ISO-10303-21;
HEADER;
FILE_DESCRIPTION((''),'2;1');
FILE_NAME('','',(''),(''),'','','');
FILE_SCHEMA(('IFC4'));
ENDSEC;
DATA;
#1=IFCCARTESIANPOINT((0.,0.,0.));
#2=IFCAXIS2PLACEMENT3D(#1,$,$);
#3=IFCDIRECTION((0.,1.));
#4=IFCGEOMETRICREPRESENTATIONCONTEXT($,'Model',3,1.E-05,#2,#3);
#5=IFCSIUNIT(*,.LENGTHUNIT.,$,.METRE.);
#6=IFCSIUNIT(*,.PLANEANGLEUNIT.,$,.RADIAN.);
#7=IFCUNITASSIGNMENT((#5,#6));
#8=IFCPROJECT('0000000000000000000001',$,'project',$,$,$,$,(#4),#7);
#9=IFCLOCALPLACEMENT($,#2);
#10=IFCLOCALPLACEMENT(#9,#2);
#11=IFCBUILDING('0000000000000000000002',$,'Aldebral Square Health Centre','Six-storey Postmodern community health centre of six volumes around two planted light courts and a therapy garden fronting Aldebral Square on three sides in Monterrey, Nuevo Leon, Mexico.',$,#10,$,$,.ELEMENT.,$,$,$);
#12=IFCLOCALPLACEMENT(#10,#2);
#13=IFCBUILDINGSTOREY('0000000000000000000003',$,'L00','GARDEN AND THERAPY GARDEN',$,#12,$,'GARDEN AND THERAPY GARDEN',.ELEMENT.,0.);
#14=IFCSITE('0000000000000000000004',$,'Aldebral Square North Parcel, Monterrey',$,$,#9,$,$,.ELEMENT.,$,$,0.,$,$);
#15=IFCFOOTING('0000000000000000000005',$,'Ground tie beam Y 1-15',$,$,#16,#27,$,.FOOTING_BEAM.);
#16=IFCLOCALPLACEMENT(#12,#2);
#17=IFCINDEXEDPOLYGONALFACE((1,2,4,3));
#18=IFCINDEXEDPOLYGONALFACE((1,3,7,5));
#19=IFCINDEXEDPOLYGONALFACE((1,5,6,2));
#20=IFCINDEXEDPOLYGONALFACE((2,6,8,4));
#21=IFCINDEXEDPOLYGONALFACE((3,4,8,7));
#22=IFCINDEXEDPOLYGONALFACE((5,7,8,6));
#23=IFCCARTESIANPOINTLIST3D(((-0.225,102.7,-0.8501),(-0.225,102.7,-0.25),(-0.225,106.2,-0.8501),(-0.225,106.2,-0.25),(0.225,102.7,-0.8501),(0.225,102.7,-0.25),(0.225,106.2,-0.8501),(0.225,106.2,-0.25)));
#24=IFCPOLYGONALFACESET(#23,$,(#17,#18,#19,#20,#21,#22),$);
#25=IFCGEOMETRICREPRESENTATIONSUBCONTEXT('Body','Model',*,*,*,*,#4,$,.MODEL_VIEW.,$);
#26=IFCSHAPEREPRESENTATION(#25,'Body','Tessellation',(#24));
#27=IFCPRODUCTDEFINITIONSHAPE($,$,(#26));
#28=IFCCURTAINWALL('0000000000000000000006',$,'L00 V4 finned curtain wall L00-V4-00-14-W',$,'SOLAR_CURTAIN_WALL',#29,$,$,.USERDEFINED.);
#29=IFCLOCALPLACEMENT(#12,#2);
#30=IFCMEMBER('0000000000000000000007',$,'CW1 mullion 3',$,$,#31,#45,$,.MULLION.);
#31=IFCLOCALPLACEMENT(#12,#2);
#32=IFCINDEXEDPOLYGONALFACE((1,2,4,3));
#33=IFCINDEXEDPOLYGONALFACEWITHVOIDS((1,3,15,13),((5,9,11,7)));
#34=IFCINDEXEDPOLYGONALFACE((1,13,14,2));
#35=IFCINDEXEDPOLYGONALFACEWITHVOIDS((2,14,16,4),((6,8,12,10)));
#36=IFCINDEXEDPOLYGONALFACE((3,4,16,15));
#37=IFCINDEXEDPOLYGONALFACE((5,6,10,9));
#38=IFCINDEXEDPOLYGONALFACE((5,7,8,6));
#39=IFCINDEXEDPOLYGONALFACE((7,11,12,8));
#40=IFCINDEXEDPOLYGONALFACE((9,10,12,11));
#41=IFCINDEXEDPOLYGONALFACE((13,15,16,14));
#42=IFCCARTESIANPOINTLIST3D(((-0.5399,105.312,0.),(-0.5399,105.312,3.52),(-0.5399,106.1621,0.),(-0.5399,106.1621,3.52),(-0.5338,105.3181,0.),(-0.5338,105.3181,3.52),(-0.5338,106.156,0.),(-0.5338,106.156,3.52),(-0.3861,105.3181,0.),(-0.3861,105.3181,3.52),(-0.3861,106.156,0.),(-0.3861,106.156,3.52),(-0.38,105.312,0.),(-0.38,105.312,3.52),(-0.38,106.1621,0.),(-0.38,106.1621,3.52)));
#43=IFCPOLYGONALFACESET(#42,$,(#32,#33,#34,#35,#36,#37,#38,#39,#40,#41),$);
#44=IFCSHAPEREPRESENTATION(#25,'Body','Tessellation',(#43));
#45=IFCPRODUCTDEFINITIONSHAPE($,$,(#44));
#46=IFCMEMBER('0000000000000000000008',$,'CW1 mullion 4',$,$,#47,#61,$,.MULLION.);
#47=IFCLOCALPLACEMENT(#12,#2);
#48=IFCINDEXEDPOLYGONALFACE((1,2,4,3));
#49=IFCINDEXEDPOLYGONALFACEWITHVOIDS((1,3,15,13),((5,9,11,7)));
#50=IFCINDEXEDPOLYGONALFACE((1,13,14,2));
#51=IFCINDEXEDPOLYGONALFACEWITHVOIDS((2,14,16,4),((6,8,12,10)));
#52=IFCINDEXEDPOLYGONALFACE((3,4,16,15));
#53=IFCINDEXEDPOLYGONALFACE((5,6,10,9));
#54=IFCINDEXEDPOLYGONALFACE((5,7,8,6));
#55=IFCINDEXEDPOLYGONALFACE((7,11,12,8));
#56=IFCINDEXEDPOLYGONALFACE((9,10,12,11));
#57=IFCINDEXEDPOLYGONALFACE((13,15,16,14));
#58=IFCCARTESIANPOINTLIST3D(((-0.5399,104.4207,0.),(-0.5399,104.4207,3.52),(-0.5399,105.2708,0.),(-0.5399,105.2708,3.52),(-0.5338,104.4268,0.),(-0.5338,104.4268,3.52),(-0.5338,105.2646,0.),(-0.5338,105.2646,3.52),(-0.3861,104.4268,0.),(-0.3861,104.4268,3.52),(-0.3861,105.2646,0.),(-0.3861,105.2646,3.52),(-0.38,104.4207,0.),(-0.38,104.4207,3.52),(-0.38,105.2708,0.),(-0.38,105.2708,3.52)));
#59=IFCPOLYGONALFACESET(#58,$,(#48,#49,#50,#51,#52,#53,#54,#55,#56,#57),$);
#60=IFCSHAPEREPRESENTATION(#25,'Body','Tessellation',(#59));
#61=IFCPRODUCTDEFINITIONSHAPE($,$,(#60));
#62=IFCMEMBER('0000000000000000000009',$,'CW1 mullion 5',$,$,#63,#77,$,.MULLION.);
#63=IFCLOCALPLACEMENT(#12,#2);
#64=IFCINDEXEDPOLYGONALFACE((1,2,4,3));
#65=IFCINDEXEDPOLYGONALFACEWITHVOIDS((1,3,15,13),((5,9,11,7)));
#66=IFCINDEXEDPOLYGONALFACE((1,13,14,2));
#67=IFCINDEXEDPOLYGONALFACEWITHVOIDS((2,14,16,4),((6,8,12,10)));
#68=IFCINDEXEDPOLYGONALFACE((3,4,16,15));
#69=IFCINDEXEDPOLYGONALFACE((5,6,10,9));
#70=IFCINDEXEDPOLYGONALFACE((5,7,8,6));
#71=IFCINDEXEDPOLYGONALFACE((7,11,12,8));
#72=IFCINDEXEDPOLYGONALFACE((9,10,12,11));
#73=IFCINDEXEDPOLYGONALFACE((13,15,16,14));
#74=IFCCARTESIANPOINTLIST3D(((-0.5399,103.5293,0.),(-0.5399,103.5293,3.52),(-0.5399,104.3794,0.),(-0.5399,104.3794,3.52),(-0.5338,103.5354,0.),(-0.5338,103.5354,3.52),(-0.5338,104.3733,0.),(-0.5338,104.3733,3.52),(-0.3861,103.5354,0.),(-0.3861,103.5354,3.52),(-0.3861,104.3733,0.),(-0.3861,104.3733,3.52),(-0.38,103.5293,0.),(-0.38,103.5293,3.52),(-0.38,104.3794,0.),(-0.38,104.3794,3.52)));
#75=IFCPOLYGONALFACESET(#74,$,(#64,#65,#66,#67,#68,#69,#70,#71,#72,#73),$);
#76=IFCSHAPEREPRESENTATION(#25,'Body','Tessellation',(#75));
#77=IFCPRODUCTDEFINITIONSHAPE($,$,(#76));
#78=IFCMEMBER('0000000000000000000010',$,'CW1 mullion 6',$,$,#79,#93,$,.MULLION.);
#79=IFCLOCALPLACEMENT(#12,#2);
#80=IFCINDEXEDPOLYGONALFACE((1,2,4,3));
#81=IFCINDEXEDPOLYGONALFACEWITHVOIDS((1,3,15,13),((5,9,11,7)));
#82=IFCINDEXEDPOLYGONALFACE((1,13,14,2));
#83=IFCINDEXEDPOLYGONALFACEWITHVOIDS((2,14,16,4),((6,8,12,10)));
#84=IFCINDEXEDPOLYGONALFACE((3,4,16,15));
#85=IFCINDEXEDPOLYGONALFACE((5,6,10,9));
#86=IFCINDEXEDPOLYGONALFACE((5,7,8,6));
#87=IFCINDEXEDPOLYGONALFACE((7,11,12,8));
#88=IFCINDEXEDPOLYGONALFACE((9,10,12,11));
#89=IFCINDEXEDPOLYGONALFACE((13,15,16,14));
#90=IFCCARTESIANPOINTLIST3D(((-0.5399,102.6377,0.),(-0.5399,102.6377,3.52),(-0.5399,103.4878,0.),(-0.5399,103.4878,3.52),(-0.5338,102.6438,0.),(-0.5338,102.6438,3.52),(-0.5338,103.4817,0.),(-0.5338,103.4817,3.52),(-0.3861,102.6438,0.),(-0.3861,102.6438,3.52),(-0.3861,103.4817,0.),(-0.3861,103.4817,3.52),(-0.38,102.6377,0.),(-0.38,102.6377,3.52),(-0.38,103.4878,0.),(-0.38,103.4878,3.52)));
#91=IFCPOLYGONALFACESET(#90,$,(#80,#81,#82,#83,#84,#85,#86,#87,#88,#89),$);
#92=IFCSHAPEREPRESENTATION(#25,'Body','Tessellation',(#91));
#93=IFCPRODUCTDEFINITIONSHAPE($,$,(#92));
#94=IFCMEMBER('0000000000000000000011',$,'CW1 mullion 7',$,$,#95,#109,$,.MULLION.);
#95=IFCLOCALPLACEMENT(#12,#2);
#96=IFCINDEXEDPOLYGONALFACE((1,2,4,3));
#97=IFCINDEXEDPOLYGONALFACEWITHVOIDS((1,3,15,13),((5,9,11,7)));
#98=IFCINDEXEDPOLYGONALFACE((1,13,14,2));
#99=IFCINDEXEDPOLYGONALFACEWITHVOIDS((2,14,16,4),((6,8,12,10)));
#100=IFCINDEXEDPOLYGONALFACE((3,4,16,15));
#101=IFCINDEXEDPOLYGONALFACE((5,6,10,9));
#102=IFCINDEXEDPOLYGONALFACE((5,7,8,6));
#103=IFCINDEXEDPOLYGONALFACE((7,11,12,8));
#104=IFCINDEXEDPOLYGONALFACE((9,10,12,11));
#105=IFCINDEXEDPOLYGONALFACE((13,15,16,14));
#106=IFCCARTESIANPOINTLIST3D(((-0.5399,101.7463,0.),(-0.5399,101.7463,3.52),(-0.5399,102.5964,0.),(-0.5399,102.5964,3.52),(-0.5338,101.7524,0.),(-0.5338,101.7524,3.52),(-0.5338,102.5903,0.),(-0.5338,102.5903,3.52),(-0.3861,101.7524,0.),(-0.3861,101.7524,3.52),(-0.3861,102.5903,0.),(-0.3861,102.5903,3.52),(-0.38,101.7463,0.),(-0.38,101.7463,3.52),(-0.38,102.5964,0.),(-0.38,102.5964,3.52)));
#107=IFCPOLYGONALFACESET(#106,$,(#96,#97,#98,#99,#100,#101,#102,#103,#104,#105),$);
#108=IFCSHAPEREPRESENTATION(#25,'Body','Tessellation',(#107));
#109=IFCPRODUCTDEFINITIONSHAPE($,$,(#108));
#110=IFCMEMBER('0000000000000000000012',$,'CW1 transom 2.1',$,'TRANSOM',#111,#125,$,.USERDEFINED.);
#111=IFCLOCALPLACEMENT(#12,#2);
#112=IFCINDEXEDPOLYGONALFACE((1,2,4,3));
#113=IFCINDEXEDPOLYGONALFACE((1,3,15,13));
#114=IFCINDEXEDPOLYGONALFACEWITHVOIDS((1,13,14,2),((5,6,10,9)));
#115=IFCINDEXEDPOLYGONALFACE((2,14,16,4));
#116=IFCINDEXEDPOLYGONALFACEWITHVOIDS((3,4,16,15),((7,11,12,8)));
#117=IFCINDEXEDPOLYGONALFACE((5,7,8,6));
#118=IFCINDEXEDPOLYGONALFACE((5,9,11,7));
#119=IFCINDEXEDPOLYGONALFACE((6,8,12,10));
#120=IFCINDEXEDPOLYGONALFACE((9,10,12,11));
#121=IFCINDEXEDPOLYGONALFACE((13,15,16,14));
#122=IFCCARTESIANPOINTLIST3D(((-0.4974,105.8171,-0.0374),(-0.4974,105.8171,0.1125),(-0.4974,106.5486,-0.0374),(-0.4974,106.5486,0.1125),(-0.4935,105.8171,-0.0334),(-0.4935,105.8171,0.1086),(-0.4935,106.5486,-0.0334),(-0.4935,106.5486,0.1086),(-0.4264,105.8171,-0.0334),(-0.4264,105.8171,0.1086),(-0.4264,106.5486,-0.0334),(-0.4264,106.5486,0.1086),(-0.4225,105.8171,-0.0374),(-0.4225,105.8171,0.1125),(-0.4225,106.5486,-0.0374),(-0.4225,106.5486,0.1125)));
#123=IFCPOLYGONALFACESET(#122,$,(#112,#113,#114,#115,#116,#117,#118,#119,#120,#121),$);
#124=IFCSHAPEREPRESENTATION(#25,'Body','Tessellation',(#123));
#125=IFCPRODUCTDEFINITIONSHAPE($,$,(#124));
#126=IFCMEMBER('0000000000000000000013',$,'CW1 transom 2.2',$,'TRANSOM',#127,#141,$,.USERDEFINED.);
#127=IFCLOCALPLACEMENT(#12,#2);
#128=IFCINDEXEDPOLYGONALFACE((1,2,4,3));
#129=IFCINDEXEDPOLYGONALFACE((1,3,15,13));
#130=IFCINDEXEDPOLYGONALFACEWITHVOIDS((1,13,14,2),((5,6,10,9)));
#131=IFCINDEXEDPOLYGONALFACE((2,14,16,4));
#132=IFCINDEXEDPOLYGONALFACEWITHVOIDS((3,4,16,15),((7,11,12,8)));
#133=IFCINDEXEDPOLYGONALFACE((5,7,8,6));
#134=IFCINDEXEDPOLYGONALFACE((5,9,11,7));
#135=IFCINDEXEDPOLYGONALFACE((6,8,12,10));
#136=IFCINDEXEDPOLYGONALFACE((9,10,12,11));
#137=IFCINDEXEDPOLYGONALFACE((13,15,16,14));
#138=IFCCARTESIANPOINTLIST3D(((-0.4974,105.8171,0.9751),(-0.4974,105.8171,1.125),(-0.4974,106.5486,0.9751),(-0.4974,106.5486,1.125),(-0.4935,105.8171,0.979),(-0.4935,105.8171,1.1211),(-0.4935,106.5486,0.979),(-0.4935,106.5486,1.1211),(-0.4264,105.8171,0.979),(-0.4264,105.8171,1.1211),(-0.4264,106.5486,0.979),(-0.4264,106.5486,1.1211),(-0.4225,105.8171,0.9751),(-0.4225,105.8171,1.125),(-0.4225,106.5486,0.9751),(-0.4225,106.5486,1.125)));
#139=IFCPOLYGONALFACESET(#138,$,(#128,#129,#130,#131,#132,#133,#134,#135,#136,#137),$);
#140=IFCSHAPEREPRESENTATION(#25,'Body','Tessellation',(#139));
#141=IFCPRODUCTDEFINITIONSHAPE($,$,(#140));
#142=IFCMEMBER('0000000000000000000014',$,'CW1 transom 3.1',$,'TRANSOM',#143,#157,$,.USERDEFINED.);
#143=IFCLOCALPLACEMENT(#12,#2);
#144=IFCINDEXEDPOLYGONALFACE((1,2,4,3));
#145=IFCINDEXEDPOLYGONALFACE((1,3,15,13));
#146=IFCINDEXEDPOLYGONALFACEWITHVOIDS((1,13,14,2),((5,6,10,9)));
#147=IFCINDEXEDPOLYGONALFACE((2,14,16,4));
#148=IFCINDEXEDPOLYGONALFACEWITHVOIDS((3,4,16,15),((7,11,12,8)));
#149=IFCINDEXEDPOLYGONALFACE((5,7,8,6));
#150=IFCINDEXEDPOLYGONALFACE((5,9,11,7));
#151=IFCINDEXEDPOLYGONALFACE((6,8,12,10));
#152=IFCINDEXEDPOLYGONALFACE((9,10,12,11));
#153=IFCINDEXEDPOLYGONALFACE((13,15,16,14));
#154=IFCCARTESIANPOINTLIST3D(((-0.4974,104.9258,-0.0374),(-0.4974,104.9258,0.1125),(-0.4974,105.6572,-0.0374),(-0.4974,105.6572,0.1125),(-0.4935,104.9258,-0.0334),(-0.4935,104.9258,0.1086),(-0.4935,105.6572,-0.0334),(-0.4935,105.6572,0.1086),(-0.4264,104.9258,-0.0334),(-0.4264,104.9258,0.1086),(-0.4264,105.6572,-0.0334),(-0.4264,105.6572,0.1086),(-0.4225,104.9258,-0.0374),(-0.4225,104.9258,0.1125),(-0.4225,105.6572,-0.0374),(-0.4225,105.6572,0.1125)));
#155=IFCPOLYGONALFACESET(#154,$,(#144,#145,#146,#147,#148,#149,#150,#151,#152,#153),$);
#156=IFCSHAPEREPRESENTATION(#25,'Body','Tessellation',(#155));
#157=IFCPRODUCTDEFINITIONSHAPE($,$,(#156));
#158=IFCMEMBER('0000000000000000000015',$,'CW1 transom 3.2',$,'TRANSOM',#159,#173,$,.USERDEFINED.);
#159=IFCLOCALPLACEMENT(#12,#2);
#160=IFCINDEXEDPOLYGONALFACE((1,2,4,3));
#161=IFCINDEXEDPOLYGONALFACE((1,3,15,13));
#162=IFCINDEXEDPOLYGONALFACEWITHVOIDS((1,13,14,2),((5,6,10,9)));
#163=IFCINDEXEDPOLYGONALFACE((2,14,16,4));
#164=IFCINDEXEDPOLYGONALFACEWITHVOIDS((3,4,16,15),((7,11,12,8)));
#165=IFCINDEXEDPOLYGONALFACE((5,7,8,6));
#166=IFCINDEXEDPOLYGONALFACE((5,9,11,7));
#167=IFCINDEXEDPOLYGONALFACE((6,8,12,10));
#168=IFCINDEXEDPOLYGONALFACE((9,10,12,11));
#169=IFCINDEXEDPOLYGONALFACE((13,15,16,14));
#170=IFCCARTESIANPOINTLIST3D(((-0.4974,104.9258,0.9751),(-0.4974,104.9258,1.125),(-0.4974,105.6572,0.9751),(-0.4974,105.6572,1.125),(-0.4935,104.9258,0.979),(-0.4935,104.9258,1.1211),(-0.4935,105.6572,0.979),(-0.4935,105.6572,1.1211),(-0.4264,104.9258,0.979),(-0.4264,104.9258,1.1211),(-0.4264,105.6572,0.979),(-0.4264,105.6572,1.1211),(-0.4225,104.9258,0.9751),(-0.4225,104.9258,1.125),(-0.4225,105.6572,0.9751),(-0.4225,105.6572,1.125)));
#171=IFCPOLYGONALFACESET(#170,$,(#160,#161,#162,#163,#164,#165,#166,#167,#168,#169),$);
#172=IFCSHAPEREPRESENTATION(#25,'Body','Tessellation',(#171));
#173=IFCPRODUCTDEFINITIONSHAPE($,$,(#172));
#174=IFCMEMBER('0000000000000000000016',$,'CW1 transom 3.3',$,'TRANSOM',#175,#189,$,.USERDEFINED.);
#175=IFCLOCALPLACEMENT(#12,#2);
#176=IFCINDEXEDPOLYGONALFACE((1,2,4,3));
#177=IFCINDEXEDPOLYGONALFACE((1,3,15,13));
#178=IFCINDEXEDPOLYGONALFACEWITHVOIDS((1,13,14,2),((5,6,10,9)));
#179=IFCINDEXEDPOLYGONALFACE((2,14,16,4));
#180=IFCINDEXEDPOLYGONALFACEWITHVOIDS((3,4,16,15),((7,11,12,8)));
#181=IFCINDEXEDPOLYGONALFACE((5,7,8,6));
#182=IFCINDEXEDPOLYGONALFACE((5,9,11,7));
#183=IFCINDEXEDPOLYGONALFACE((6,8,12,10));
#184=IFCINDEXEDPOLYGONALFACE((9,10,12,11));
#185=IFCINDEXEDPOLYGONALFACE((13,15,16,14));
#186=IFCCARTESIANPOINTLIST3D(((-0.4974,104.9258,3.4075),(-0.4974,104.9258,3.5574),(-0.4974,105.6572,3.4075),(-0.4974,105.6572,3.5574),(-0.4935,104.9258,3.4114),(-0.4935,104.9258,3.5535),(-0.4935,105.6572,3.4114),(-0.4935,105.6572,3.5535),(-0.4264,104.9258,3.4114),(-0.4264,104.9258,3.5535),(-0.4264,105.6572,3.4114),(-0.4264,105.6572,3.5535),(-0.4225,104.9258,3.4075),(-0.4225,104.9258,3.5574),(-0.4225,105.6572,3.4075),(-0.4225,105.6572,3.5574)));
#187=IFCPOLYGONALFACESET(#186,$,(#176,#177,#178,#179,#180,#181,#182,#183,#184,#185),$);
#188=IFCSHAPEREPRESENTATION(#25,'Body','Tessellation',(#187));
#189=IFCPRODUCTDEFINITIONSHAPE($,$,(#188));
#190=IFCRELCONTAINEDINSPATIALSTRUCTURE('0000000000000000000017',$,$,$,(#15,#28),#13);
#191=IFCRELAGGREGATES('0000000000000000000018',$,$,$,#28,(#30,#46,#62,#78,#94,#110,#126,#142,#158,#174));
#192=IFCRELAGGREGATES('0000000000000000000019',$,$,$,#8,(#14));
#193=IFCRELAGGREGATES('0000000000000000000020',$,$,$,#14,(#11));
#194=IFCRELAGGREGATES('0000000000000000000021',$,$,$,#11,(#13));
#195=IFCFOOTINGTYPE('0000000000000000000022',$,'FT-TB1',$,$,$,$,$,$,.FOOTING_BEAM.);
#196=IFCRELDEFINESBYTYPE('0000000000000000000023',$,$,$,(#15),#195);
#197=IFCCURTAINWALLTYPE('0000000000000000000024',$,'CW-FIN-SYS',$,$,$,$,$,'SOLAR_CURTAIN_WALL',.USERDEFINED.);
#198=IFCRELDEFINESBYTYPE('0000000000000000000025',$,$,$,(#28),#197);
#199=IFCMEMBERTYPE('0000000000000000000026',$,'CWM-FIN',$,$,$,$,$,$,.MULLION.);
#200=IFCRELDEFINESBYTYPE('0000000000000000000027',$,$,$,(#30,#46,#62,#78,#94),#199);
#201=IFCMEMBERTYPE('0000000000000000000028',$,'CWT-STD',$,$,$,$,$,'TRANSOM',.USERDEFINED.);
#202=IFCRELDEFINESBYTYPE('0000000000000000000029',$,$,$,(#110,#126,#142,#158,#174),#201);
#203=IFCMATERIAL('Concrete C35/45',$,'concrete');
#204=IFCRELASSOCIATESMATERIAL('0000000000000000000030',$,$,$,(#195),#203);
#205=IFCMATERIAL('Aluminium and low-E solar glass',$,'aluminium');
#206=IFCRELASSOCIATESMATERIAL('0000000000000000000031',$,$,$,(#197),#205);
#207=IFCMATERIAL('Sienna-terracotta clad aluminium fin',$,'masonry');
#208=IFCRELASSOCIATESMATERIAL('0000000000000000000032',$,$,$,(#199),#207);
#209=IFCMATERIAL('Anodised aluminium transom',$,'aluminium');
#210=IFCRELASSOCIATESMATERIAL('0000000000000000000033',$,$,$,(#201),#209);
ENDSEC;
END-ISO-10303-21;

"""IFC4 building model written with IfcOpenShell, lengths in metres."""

from ifc_helpers import new_model, si_unit, direction, frame, origin, origin_2d, place, context, subcontext, project, spatial, rectangle, hollow_rectangle, extrude, material, material_profile, profile_set, type_object, element, aggregate, save


model = new_model("IFC4")

# Units and contexts
model_context = context("Model", 3, precision=1e-05, world=origin(), true_north=direction((0.0, 1.0)))
body_context = subcontext(model_context, "Body", "Model", "MODEL_VIEW")
ifc_project = project(units=[si_unit("LENGTHUNIT", "METRE"), si_unit("PLANEANGLEUNIT", "RADIAN")], contexts=[model_context])

# Site, building, storey
site_placement = place(None, origin())
site = spatial("IfcSite", under=ifc_project, at=site_placement, Name="Aldebral Square North Parcel, Monterrey", CompositionType="ELEMENT", RefElevation=0.0)
building_placement = place(site_placement, origin())
building = spatial("IfcBuilding", under=site, at=building_placement, Name="Aldebral Square Health Centre", Description="Six-storey Postmodern community health centre of six volumes around two planted light courts and a therapy garden fronting Aldebral Square on three sides in Monterrey, Nuevo Leon, Mexico.", CompositionType="ELEMENT")
storey_placement = place(building_placement, origin())
storey = spatial("IfcBuildingStorey", under=building, at=storey_placement, Name="L00", Description="GARDEN AND THERAPY GARDEN", LongName="GARDEN AND THERAPY GARDEN", CompositionType="ELEMENT", Elevation=0.0)

# Footing
ifc_material_1 = material(Name="Concrete C35/45", Category="concrete")
ifc_material_profile_1 = material_profile(ifc_material_1, rectangle(XDim=0.45, YDim=0.6001, at=origin_2d()), Name="RC 450x600")
ifc_profile_set_1 = profile_set([ifc_material_profile_1], Name="Concrete C35/45")
footing_type = type_object("IfcFootingType", Name="FT-TB1", PredefinedType="FOOTING_BEAM", material=ifc_profile_set_1)
footing_placement = place(storey_placement, frame((0.0, 102.7, -0.55), z_axis=(0.0, 1.0, 0.0), x_axis=(-1.0, 0.0, 0.0)))
element("IfcFooting", 1, at=footing_placement, inside=storey, type_object=footing_type, Name="Ground tie beam Y 1-15", PredefinedType="FOOTING_BEAM", context=body_context, shape_type="SweptSolid", body=[
    extrude(rectangle(XDim=0.45, YDim=0.6001, at=origin_2d()), origin(), (0.0, 0.0, 1.0), 3.5),
])

# Curtain wall, members
ifc_material_2 = material(Name="Aluminium and low-E solar glass", Category="aluminium")
curtain_wall_type = type_object("IfcCurtainWallType", Name="CW-FIN-SYS", ElementType="SOLAR_CURTAIN_WALL", PredefinedType="USERDEFINED", material=ifc_material_2)
curtain_wall_placement = place(storey_placement, origin())
curtain_wall = element("IfcCurtainWall", 2, at=curtain_wall_placement, inside=storey, type_object=curtain_wall_type, Name="L00 V4 finned curtain wall L00-V4-00-14-W", ObjectType="SOLAR_CURTAIN_WALL", PredefinedType="USERDEFINED")
ifc_material_3 = material(Name="Sienna-terracotta clad aluminium fin", Category="masonry")
ifc_material_profile_2 = material_profile(ifc_material_3, hollow_rectangle(XDim=0.1599, YDim=0.8501, WallThickness=0.0061, at=origin_2d()), Name="FIN 160x850x6")
ifc_profile_set_2 = profile_set([ifc_material_profile_2], Name="Sienna-terracotta clad aluminium fin")
member_type_1 = type_object("IfcMemberType", Name="CWM-FIN", PredefinedType="MULLION", material=ifc_profile_set_2)
member_1_placement = place(storey_placement, frame((-0.46, 105.7371, 0.0), z_axis=(0.0, 0.0, 1.0), x_axis=(1.0, 0.0, 0.0)))
member_1 = element("IfcMember", 3, at=member_1_placement, type_object=member_type_1, Name="CW1 mullion 3", PredefinedType="MULLION", context=body_context, shape_type="SweptSolid", body=[
    extrude(hollow_rectangle(XDim=0.1599, YDim=0.8501, WallThickness=0.0061, at=origin_2d()), origin(), (0.0, 0.0, 1.0), 3.52),
])
member_2_placement = place(storey_placement, frame((-0.46, 104.8457, 0.0), z_axis=(0.0, 0.0, 1.0), x_axis=(1.0, 0.0, 0.0)))
member_2 = element("IfcMember", 4, at=member_2_placement, type_object=member_type_1, Name="CW1 mullion 4", PredefinedType="MULLION", context=body_context, shape_type="SweptSolid", body=[
    extrude(hollow_rectangle(XDim=0.1599, YDim=0.8501, WallThickness=0.0061, at=origin_2d()), origin(), (0.0, 0.0, 1.0), 3.52),
])
member_3_placement = place(storey_placement, frame((-0.46, 103.9543, 0.0), z_axis=(0.0, 0.0, 1.0), x_axis=(1.0, 0.0, 0.0)))
member_3 = element("IfcMember", 5, at=member_3_placement, type_object=member_type_1, Name="CW1 mullion 5", PredefinedType="MULLION", context=body_context, shape_type="SweptSolid", body=[
    extrude(hollow_rectangle(XDim=0.1599, YDim=0.8501, WallThickness=0.0061, at=origin_2d()), origin(), (0.0, 0.0, 1.0), 3.52),
])
member_4_placement = place(storey_placement, frame((-0.46, 103.0627, 0.0), z_axis=(0.0, 0.0, 1.0), x_axis=(1.0, 0.0, 0.0)))
member_4 = element("IfcMember", 6, at=member_4_placement, type_object=member_type_1, Name="CW1 mullion 6", PredefinedType="MULLION", context=body_context, shape_type="SweptSolid", body=[
    extrude(hollow_rectangle(XDim=0.1599, YDim=0.8501, WallThickness=0.0061, at=origin_2d()), origin(), (0.0, 0.0, 1.0), 3.52),
])
member_5_placement = place(storey_placement, frame((-0.46, 102.1714, 0.0), z_axis=(0.0, 0.0, 1.0), x_axis=(1.0, 0.0, 0.0)))
member_5 = element("IfcMember", 7, at=member_5_placement, type_object=member_type_1, Name="CW1 mullion 7", PredefinedType="MULLION", context=body_context, shape_type="SweptSolid", body=[
    extrude(hollow_rectangle(XDim=0.1599, YDim=0.8501, WallThickness=0.0061, at=origin_2d()), origin(), (0.0, 0.0, 1.0), 3.52),
])
ifc_material_4 = material(Name="Anodised aluminium transom", Category="aluminium")
ifc_material_profile_3 = material_profile(ifc_material_4, hollow_rectangle(XDim=0.075, YDim=0.1499, WallThickness=0.0039, at=origin_2d()), Name="CWT 75x150x4")
ifc_profile_set_3 = profile_set([ifc_material_profile_3], Name="Anodised aluminium transom")
member_type_2 = type_object("IfcMemberType", Name="CWT-STD", ElementType="TRANSOM", PredefinedType="USERDEFINED", material=ifc_profile_set_3)
member_6_placement = place(storey_placement, frame((-0.46, 106.5486, 0.0376), z_axis=(0.0, -1.0, 0.0), x_axis=(1.0, 0.0, 0.0)))
member_6 = element("IfcMember", 8, at=member_6_placement, type_object=member_type_2, Name="CW1 transom 2.1", ObjectType="TRANSOM", PredefinedType="USERDEFINED", context=body_context, shape_type="SweptSolid", body=[
    extrude(hollow_rectangle(XDim=0.075, YDim=0.1499, WallThickness=0.0039, at=origin_2d()), origin(), (0.0, 0.0, 1.0), 0.7314),
])
member_7_placement = place(storey_placement, frame((-0.46, 106.5486, 1.05), z_axis=(0.0, -1.0, 0.0), x_axis=(1.0, 0.0, 0.0)))
member_7 = element("IfcMember", 9, at=member_7_placement, type_object=member_type_2, Name="CW1 transom 2.2", ObjectType="TRANSOM", PredefinedType="USERDEFINED", context=body_context, shape_type="SweptSolid", body=[
    extrude(hollow_rectangle(XDim=0.075, YDim=0.1499, WallThickness=0.0039, at=origin_2d()), origin(), (0.0, 0.0, 1.0), 0.7314),
])
member_8_placement = place(storey_placement, frame((-0.46, 105.6572, 0.0376), z_axis=(0.0, -1.0, 0.0), x_axis=(1.0, 0.0, 0.0)))
member_8 = element("IfcMember", 10, at=member_8_placement, type_object=member_type_2, Name="CW1 transom 3.1", ObjectType="TRANSOM", PredefinedType="USERDEFINED", context=body_context, shape_type="SweptSolid", body=[
    extrude(hollow_rectangle(XDim=0.075, YDim=0.1499, WallThickness=0.0039, at=origin_2d()), origin(), (0.0, 0.0, 1.0), 0.7314),
])
member_9_placement = place(storey_placement, frame((-0.46, 105.6572, 1.05), z_axis=(0.0, -1.0, 0.0), x_axis=(1.0, 0.0, 0.0)))
member_9 = element("IfcMember", 11, at=member_9_placement, type_object=member_type_2, Name="CW1 transom 3.2", ObjectType="TRANSOM", PredefinedType="USERDEFINED", context=body_context, shape_type="SweptSolid", body=[
    extrude(hollow_rectangle(XDim=0.075, YDim=0.1499, WallThickness=0.0039, at=origin_2d()), origin(), (0.0, 0.0, 1.0), 0.7314),
])
member_10_placement = place(storey_placement, frame((-0.46, 105.6572, 3.4824), z_axis=(0.0, -1.0, 0.0), x_axis=(1.0, 0.0, 0.0)))
member_10 = element("IfcMember", 12, at=member_10_placement, type_object=member_type_2, Name="CW1 transom 3.3", ObjectType="TRANSOM", PredefinedType="USERDEFINED", context=body_context, shape_type="SweptSolid", body=[
    extrude(hollow_rectangle(XDim=0.075, YDim=0.1499, WallThickness=0.0039, at=origin_2d()), origin(), (0.0, 0.0, 1.0), 0.7314),
])
aggregate(curtain_wall, [member_1, member_2, member_3, member_4, member_5, member_6, member_7, member_8, member_9, member_10])

save(model, "model.ifc")
